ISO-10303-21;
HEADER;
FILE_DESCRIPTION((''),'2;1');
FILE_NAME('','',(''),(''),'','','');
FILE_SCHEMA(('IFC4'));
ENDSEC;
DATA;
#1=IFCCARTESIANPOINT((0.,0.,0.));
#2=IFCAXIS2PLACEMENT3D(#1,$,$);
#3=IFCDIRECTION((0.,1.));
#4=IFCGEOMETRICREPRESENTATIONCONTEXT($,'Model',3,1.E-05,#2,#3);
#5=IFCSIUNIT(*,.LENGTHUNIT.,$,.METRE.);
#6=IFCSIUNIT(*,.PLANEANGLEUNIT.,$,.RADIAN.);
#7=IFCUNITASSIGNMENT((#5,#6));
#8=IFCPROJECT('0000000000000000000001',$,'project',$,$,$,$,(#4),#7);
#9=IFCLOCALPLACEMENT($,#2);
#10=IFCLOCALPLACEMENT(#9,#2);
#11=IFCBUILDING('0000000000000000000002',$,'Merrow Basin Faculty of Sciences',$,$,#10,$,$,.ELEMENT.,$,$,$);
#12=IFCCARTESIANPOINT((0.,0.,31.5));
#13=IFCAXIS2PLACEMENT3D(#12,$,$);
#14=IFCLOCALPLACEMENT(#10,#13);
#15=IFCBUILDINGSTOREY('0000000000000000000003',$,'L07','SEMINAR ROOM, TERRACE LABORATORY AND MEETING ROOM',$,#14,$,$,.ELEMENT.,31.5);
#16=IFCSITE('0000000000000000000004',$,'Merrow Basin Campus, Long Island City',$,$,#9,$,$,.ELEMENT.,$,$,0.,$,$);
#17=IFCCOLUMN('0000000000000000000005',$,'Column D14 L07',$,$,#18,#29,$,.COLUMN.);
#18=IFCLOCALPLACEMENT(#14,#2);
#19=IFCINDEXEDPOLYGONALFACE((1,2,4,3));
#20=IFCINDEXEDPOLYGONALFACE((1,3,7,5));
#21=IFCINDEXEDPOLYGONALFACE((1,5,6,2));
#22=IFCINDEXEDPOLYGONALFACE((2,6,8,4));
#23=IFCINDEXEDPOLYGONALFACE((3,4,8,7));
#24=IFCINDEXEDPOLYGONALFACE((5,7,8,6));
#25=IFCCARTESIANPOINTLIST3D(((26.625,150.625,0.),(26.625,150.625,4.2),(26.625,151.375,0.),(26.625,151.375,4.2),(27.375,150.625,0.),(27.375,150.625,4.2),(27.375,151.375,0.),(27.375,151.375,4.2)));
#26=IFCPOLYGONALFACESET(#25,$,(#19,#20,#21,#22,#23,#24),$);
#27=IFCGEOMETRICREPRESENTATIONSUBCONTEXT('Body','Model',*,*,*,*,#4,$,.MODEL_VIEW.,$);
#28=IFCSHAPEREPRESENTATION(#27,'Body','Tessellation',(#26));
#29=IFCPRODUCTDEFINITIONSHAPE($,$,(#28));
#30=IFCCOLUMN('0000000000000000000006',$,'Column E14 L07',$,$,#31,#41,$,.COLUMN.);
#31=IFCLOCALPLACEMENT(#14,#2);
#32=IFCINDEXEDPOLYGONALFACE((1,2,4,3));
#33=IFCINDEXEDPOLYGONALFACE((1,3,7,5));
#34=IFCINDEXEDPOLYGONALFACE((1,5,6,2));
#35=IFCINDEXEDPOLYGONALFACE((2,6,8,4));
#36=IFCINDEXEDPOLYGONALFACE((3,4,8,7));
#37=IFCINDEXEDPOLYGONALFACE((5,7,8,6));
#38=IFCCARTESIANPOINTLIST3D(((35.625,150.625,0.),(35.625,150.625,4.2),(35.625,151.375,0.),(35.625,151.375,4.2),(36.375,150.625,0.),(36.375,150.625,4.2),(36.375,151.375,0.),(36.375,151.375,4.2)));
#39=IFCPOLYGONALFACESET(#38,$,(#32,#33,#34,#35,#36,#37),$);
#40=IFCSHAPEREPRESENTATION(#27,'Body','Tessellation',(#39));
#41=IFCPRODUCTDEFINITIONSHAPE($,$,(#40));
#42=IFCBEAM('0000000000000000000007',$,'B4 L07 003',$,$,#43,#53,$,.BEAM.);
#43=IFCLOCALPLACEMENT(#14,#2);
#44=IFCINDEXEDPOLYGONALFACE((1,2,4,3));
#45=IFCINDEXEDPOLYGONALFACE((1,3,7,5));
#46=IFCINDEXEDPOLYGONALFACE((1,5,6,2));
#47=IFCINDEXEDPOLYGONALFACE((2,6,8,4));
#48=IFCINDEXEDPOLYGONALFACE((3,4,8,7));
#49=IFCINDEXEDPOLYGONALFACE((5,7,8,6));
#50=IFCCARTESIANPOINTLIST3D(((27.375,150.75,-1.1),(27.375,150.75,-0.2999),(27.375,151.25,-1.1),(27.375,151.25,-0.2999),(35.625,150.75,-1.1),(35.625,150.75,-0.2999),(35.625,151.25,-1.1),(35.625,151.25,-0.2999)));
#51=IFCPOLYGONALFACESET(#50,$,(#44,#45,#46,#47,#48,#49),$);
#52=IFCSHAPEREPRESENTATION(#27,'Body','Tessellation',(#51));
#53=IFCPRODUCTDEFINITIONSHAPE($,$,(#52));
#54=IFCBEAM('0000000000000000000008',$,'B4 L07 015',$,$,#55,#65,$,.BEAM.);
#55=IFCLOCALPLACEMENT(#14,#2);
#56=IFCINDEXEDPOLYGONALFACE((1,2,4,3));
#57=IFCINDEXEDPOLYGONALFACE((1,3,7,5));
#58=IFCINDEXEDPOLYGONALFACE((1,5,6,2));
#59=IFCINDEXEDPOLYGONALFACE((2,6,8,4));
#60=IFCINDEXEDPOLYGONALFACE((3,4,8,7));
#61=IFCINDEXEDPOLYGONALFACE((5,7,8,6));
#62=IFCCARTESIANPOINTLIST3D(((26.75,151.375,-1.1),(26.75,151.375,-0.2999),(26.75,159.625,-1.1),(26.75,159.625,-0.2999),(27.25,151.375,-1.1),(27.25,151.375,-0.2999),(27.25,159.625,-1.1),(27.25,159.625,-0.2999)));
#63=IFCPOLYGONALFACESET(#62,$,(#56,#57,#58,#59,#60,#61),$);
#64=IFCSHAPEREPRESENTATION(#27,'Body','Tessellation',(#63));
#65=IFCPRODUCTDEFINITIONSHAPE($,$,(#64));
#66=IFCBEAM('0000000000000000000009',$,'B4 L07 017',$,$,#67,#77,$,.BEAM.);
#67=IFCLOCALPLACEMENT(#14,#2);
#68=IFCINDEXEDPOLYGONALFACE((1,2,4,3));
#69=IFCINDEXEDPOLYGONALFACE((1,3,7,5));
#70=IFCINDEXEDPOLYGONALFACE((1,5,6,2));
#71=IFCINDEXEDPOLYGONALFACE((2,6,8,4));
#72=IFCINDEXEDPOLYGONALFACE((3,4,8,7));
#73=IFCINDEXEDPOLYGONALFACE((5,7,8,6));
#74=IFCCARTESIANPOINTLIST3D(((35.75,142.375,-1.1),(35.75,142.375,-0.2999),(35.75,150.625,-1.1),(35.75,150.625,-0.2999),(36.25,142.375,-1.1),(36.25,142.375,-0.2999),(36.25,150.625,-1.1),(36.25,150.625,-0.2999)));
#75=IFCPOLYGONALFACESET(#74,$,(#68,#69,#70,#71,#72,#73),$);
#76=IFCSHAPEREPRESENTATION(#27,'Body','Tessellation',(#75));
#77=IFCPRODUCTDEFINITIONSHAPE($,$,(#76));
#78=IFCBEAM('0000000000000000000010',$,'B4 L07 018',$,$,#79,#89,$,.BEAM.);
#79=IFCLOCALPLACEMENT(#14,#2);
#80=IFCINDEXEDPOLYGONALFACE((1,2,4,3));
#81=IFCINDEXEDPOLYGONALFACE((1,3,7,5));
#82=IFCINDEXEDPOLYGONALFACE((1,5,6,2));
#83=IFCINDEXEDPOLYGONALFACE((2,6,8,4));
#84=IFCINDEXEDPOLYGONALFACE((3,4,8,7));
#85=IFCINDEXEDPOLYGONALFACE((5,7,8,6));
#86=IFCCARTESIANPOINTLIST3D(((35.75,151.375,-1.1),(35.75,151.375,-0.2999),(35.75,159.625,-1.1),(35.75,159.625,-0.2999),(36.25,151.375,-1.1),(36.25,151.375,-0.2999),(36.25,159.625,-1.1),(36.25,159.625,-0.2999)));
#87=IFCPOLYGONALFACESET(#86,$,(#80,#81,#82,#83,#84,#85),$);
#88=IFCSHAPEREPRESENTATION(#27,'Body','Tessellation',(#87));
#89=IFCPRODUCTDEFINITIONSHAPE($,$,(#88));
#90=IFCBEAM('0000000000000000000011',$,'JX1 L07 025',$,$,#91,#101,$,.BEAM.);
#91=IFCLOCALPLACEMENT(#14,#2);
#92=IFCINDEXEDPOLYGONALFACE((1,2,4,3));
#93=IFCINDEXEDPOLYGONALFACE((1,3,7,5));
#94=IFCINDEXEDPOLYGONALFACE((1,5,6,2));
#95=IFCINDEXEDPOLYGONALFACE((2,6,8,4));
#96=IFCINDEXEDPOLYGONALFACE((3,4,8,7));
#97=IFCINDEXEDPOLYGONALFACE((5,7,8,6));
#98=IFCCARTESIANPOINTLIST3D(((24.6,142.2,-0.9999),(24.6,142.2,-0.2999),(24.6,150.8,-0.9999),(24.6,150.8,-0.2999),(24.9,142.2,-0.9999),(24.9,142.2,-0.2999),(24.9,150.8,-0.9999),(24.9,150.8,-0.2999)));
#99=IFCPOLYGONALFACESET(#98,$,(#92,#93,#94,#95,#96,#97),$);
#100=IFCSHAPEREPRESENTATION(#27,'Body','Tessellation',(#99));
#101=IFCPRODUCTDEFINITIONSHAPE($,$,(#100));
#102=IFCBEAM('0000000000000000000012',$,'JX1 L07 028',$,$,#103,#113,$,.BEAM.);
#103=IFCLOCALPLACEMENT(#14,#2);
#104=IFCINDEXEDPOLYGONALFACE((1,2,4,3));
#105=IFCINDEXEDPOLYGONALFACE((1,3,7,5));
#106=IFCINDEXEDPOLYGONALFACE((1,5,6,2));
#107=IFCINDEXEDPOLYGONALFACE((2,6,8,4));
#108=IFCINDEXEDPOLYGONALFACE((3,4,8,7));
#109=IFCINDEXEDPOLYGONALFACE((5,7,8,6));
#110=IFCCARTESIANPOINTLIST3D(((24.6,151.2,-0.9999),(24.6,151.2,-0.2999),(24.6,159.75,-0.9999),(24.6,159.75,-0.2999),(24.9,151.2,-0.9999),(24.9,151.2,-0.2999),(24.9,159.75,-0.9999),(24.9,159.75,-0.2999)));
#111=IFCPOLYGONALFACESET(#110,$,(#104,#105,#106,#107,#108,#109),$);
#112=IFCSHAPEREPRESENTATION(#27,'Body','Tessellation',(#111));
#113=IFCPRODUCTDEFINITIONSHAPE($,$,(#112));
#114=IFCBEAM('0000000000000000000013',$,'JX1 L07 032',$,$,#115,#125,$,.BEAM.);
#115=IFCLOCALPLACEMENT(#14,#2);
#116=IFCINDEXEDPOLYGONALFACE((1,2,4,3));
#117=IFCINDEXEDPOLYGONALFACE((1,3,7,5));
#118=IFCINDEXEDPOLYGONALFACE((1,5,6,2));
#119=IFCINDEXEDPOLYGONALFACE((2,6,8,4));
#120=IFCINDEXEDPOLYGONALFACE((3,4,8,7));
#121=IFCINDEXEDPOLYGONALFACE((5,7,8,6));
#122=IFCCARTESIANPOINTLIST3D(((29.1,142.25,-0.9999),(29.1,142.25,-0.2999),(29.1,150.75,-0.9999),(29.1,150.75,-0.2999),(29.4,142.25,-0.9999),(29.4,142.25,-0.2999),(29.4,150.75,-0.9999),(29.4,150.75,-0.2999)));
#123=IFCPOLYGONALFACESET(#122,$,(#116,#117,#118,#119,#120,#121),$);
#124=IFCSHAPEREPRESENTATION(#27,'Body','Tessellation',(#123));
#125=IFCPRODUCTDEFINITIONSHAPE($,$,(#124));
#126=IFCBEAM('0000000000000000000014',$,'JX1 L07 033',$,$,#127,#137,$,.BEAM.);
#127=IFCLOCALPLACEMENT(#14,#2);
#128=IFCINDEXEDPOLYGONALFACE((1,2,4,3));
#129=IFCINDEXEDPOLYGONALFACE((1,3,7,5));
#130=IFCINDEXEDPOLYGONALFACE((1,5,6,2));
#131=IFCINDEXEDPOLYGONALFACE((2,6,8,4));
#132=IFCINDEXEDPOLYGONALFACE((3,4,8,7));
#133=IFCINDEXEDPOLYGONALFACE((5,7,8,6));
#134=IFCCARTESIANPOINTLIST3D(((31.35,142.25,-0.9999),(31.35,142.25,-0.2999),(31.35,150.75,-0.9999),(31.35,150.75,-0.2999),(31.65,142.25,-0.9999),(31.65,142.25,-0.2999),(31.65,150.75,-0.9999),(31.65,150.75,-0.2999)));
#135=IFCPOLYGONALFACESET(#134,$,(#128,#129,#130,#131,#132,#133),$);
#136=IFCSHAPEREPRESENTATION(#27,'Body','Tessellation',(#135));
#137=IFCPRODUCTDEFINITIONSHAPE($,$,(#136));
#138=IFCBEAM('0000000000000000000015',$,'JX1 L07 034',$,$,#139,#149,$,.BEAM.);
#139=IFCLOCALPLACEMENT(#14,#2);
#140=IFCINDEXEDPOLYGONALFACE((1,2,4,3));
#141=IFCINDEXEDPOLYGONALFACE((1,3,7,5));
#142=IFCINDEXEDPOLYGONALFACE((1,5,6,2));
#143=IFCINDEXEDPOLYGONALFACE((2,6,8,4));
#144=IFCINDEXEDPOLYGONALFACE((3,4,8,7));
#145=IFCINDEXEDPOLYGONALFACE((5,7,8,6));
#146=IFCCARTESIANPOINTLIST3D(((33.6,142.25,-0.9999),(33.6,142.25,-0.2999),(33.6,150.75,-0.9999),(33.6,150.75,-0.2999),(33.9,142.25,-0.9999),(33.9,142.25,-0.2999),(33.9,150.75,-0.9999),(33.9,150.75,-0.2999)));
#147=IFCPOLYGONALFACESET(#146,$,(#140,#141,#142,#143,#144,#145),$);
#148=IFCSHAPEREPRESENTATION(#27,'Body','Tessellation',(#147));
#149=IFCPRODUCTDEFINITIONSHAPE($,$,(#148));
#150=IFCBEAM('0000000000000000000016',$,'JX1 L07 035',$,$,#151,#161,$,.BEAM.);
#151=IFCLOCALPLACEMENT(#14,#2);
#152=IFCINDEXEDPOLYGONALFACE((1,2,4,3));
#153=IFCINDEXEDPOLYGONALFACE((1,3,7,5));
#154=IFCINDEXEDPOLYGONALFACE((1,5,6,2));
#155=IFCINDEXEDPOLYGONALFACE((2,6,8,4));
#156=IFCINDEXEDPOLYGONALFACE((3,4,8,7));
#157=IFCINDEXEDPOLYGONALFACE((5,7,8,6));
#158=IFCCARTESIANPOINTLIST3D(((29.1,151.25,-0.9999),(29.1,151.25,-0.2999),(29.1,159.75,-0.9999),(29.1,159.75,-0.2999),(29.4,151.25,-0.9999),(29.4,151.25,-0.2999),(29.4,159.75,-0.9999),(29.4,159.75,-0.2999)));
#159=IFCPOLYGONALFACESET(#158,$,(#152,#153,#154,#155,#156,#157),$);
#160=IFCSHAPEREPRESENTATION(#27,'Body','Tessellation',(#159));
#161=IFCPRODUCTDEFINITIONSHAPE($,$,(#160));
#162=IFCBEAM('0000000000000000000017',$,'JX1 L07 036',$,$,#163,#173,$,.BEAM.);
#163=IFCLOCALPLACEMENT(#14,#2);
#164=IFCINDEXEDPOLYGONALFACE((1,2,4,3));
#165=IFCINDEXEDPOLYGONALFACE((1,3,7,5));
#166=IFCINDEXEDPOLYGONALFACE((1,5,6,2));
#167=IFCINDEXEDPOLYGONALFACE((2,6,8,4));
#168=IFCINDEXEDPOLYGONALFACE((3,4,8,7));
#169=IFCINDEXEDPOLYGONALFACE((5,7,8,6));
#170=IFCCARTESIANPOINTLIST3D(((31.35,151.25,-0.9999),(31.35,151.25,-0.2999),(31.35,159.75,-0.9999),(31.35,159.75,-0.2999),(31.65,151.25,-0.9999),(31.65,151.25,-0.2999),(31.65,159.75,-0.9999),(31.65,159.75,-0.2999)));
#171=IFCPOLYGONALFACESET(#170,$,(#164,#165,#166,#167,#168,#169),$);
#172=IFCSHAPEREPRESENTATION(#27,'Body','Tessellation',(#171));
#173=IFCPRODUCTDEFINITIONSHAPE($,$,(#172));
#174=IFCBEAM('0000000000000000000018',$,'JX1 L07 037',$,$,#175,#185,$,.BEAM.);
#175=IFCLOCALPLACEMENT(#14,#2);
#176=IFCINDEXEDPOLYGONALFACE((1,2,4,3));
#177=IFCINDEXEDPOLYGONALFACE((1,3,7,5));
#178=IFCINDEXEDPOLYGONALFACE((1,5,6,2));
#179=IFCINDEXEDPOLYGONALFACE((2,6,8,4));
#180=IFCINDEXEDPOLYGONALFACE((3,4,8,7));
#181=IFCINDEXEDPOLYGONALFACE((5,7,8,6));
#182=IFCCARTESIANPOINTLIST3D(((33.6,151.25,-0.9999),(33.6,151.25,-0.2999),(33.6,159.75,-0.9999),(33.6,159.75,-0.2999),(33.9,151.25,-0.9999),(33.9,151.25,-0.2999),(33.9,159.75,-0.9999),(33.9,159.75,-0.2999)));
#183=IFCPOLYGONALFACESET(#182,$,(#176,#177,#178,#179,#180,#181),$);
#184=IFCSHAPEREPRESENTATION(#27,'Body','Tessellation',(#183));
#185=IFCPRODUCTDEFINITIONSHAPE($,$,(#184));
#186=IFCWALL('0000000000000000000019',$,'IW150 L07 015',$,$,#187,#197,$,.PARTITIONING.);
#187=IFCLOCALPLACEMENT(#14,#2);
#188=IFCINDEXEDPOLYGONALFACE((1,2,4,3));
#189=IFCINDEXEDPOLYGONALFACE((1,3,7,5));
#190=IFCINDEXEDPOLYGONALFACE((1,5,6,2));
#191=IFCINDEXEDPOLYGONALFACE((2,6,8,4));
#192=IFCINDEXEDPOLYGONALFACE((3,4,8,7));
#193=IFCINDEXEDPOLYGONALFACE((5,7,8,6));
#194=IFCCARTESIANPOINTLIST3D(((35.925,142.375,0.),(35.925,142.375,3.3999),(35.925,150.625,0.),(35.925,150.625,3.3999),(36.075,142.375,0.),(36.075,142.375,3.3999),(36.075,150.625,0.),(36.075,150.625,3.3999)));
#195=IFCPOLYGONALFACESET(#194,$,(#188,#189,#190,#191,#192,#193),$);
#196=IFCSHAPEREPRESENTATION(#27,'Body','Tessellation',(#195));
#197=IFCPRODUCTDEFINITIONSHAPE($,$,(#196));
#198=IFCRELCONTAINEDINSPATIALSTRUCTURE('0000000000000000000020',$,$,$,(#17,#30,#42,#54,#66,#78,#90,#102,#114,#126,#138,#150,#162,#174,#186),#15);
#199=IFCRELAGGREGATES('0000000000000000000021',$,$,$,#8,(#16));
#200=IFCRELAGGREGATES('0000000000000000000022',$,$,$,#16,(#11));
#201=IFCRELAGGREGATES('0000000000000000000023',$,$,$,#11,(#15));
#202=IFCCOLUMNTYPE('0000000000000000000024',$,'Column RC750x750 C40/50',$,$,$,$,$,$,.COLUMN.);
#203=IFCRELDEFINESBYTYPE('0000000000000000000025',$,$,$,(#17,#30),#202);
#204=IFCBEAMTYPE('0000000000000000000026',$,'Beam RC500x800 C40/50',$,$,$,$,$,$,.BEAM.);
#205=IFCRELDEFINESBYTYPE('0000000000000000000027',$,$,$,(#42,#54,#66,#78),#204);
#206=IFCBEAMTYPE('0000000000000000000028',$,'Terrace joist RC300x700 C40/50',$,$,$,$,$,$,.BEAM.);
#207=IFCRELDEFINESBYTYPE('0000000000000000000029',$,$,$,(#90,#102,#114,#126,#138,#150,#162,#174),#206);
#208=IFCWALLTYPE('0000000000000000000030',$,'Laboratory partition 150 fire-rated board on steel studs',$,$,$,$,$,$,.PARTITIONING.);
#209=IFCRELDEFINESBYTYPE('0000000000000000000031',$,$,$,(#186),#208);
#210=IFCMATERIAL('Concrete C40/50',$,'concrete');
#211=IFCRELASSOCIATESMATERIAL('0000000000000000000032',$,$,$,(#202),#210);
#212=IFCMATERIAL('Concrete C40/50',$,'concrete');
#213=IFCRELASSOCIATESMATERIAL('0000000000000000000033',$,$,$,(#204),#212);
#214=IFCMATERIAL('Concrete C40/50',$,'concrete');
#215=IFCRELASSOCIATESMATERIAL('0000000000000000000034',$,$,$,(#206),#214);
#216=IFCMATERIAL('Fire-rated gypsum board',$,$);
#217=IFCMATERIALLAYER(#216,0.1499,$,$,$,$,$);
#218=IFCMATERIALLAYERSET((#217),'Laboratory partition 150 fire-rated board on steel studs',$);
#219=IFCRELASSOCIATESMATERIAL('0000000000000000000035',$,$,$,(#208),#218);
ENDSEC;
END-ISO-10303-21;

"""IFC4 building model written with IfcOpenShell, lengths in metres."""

from ifc_helpers import new_model, si_unit, direction, frame, frame_2d, origin, origin_2d, place, context, subcontext, project, spatial, rectangle, extrude, material, layer, layer_set, material_profile, profile_set, type_object, element, save


model = new_model("IFC4")

# Units and contexts
model_context = context("Model", 3, precision=1e-05, world=origin(), true_north=direction((0.0, 1.0)))
body_context = subcontext(model_context, "Body", "Model", "MODEL_VIEW")
ifc_project = project(units=[si_unit("LENGTHUNIT", "METRE"), si_unit("PLANEANGLEUNIT", "RADIAN")], contexts=[model_context])

# Site, building, storey
site_placement = place(None, origin())
site = spatial("IfcSite", under=ifc_project, at=site_placement, Name="Merrow Basin Campus, Long Island City", CompositionType="ELEMENT", RefElevation=0.0)
building_placement = place(site_placement, origin())
building = spatial("IfcBuilding", under=site, at=building_placement, Name="Merrow Basin Faculty of Sciences", CompositionType="ELEMENT")
storey_placement = place(building_placement, frame((0.0, 0.0, 31.5)))
storey = spatial("IfcBuildingStorey", under=building, at=storey_placement, Name="L07", Description="SEMINAR ROOM, TERRACE LABORATORY AND MEETING ROOM", CompositionType="ELEMENT", Elevation=31.5)

# Columns
ifc_material_1 = material(Name="Concrete C40/50", Category="concrete")
ifc_material_profile_1 = material_profile(ifc_material_1, rectangle(XDim=0.75, YDim=0.75, at=origin_2d()))
ifc_profile_set_1 = profile_set([ifc_material_profile_1], Name="Concrete C40/50")
column_type = type_object("IfcColumnType", Name="Column RC750x750 C40/50", PredefinedType="COLUMN", material=ifc_profile_set_1)
for number, where, z_axis, x_axis, name in (
    (1, (27.0, 151.0, 0.0), (0.0, 0.0, 1.0), (1.0, 0.0, 0.0), "Column D14 L07"),
    (2, (36.0, 151.0, 0.0), (0.0, 0.0, 1.0), (1.0, 0.0, 0.0), "Column E14 L07"),
):
    element("IfcColumn", number, at=place(storey_placement, frame(where, z_axis=z_axis, x_axis=x_axis)), inside=storey, type_object=column_type, Name=name, PredefinedType="COLUMN", context=body_context, shape_type="SweptSolid", body=[
        extrude(rectangle(XDim=0.75, YDim=0.75, at=origin_2d()), origin(), (0.0, 0.0, 1.0), 4.2),
    ])

# Beams
ifc_material_2 = material(Name="Concrete C40/50", Category="concrete")
ifc_material_profile_2 = material_profile(ifc_material_2, rectangle(XDim=0.5, YDim=0.8, at=origin_2d()))
ifc_profile_set_2 = profile_set([ifc_material_profile_2], Name="Concrete C40/50")
beam_type_1 = type_object("IfcBeamType", Name="Beam RC500x800 C40/50", PredefinedType="BEAM", material=ifc_profile_set_2)
for number, where, z_axis, x_axis, name in (
    (3, (27.375, 151.0, -0.7), (1.0, 0.0, 0.0), (0.0, 1.0, 0.0), "B4 L07 003"),
    (4, (27.0, 151.375, -0.7), (0.0, 1.0, 0.0), (-1.0, 0.0, 0.0), "B4 L07 015"),
    (5, (36.0, 142.375, -0.7), (0.0, 1.0, 0.0), (-1.0, 0.0, 0.0), "B4 L07 017"),
    (6, (36.0, 151.375, -0.7), (0.0, 1.0, 0.0), (-1.0, 0.0, 0.0), "B4 L07 018"),
):
    element("IfcBeam", number, at=place(storey_placement, frame(where, z_axis=z_axis, x_axis=x_axis)), inside=storey, type_object=beam_type_1, Name=name, PredefinedType="BEAM", context=body_context, shape_type="SweptSolid", body=[
        extrude(rectangle(XDim=0.5, YDim=0.8, at=origin_2d()), origin(), (0.0, 0.0, 1.0), 8.25),
    ])
ifc_material_3 = material(Name="Concrete C40/50", Category="concrete")
ifc_material_profile_3 = material_profile(ifc_material_3, rectangle(XDim=0.3, YDim=0.7, at=origin_2d()))
ifc_profile_set_3 = profile_set([ifc_material_profile_3], Name="Concrete C40/50")
beam_type_2 = type_object("IfcBeamType", Name="Terrace joist RC300x700 C40/50", PredefinedType="BEAM", material=ifc_profile_set_3)
beam_1_placement = place(storey_placement, frame((24.75, 142.2, -0.6499), z_axis=(0.0, 1.0, 0.0), x_axis=(-1.0, 0.0, 0.0)))
element("IfcBeam", 7, at=beam_1_placement, inside=storey, type_object=beam_type_2, Name="JX1 L07 025", PredefinedType="BEAM", context=body_context, shape_type="SweptSolid", body=[
    extrude(rectangle(XDim=0.3, YDim=0.7, at=origin_2d()), origin(), (0.0, 0.0, 1.0), 8.6001),
])
beam_2_placement = place(storey_placement, frame((24.75, 151.2, -0.6499), z_axis=(0.0, 1.0, 0.0), x_axis=(-1.0, 0.0, 0.0)))
element("IfcBeam", 8, at=beam_2_placement, inside=storey, type_object=beam_type_2, Name="JX1 L07 028", PredefinedType="BEAM", context=body_context, shape_type="SweptSolid", body=[
    extrude(rectangle(XDim=0.3, YDim=0.7, at=origin_2d()), origin(), (0.0, 0.0, 1.0), 8.55),
])
for number, where, z_axis, x_axis, name in (
    (9, (29.25, 142.25, -0.6499), (0.0, 1.0, 0.0), (-1.0, 0.0, 0.0), "JX1 L07 032"),
    (10, (31.5, 142.25, -0.6499), (0.0, 1.0, 0.0), (-1.0, 0.0, 0.0), "JX1 L07 033"),
    (11, (33.75, 142.25, -0.6499), (0.0, 1.0, 0.0), (-1.0, 0.0, 0.0), "JX1 L07 034"),
    (12, (29.25, 151.25, -0.6499), (0.0, 1.0, 0.0), (-1.0, 0.0, 0.0), "JX1 L07 035"),
    (13, (31.5, 151.25, -0.6499), (0.0, 1.0, 0.0), (-1.0, 0.0, 0.0), "JX1 L07 036"),
    (14, (33.75, 151.25, -0.6499), (0.0, 1.0, 0.0), (-1.0, 0.0, 0.0), "JX1 L07 037"),
):
    element("IfcBeam", number, at=place(storey_placement, frame(where, z_axis=z_axis, x_axis=x_axis)), inside=storey, type_object=beam_type_2, Name=name, PredefinedType="BEAM", context=body_context, shape_type="SweptSolid", body=[
        extrude(rectangle(XDim=0.3, YDim=0.7, at=origin_2d()), origin(), (0.0, 0.0, 1.0), 8.5),
    ])

# Wall
ifc_material_4 = material(Name="Fire-rated gypsum board")
ifc_layer_1 = layer(ifc_material_4, 0.1499)
ifc_layer_set_1 = layer_set([ifc_layer_1], Name="Laboratory partition 150 fire-rated board on steel studs")
wall_type_1 = type_object("IfcWallType", Name="Laboratory partition 150 fire-rated board on steel studs", PredefinedType="PARTITIONING", material=ifc_layer_set_1)
wall_1_placement = place(storey_placement, frame((36.0, 142.375, 0.0), z_axis=(0.0, 0.0, 1.0), x_axis=(0.0, 1.0, 0.0)))
element("IfcWall", 15, at=wall_1_placement, inside=storey, type_object=wall_type_1, Name="IW150 L07 015", PredefinedType="PARTITIONING", context=body_context, shape_type="SweptSolid", body=[
    extrude(rectangle(XDim=8.25, YDim=0.1499, at=frame_2d((4.125, 0.0))), origin(), (0.0, 0.0, 1.0), 3.3999),
])

save(model, "model.ifc")
